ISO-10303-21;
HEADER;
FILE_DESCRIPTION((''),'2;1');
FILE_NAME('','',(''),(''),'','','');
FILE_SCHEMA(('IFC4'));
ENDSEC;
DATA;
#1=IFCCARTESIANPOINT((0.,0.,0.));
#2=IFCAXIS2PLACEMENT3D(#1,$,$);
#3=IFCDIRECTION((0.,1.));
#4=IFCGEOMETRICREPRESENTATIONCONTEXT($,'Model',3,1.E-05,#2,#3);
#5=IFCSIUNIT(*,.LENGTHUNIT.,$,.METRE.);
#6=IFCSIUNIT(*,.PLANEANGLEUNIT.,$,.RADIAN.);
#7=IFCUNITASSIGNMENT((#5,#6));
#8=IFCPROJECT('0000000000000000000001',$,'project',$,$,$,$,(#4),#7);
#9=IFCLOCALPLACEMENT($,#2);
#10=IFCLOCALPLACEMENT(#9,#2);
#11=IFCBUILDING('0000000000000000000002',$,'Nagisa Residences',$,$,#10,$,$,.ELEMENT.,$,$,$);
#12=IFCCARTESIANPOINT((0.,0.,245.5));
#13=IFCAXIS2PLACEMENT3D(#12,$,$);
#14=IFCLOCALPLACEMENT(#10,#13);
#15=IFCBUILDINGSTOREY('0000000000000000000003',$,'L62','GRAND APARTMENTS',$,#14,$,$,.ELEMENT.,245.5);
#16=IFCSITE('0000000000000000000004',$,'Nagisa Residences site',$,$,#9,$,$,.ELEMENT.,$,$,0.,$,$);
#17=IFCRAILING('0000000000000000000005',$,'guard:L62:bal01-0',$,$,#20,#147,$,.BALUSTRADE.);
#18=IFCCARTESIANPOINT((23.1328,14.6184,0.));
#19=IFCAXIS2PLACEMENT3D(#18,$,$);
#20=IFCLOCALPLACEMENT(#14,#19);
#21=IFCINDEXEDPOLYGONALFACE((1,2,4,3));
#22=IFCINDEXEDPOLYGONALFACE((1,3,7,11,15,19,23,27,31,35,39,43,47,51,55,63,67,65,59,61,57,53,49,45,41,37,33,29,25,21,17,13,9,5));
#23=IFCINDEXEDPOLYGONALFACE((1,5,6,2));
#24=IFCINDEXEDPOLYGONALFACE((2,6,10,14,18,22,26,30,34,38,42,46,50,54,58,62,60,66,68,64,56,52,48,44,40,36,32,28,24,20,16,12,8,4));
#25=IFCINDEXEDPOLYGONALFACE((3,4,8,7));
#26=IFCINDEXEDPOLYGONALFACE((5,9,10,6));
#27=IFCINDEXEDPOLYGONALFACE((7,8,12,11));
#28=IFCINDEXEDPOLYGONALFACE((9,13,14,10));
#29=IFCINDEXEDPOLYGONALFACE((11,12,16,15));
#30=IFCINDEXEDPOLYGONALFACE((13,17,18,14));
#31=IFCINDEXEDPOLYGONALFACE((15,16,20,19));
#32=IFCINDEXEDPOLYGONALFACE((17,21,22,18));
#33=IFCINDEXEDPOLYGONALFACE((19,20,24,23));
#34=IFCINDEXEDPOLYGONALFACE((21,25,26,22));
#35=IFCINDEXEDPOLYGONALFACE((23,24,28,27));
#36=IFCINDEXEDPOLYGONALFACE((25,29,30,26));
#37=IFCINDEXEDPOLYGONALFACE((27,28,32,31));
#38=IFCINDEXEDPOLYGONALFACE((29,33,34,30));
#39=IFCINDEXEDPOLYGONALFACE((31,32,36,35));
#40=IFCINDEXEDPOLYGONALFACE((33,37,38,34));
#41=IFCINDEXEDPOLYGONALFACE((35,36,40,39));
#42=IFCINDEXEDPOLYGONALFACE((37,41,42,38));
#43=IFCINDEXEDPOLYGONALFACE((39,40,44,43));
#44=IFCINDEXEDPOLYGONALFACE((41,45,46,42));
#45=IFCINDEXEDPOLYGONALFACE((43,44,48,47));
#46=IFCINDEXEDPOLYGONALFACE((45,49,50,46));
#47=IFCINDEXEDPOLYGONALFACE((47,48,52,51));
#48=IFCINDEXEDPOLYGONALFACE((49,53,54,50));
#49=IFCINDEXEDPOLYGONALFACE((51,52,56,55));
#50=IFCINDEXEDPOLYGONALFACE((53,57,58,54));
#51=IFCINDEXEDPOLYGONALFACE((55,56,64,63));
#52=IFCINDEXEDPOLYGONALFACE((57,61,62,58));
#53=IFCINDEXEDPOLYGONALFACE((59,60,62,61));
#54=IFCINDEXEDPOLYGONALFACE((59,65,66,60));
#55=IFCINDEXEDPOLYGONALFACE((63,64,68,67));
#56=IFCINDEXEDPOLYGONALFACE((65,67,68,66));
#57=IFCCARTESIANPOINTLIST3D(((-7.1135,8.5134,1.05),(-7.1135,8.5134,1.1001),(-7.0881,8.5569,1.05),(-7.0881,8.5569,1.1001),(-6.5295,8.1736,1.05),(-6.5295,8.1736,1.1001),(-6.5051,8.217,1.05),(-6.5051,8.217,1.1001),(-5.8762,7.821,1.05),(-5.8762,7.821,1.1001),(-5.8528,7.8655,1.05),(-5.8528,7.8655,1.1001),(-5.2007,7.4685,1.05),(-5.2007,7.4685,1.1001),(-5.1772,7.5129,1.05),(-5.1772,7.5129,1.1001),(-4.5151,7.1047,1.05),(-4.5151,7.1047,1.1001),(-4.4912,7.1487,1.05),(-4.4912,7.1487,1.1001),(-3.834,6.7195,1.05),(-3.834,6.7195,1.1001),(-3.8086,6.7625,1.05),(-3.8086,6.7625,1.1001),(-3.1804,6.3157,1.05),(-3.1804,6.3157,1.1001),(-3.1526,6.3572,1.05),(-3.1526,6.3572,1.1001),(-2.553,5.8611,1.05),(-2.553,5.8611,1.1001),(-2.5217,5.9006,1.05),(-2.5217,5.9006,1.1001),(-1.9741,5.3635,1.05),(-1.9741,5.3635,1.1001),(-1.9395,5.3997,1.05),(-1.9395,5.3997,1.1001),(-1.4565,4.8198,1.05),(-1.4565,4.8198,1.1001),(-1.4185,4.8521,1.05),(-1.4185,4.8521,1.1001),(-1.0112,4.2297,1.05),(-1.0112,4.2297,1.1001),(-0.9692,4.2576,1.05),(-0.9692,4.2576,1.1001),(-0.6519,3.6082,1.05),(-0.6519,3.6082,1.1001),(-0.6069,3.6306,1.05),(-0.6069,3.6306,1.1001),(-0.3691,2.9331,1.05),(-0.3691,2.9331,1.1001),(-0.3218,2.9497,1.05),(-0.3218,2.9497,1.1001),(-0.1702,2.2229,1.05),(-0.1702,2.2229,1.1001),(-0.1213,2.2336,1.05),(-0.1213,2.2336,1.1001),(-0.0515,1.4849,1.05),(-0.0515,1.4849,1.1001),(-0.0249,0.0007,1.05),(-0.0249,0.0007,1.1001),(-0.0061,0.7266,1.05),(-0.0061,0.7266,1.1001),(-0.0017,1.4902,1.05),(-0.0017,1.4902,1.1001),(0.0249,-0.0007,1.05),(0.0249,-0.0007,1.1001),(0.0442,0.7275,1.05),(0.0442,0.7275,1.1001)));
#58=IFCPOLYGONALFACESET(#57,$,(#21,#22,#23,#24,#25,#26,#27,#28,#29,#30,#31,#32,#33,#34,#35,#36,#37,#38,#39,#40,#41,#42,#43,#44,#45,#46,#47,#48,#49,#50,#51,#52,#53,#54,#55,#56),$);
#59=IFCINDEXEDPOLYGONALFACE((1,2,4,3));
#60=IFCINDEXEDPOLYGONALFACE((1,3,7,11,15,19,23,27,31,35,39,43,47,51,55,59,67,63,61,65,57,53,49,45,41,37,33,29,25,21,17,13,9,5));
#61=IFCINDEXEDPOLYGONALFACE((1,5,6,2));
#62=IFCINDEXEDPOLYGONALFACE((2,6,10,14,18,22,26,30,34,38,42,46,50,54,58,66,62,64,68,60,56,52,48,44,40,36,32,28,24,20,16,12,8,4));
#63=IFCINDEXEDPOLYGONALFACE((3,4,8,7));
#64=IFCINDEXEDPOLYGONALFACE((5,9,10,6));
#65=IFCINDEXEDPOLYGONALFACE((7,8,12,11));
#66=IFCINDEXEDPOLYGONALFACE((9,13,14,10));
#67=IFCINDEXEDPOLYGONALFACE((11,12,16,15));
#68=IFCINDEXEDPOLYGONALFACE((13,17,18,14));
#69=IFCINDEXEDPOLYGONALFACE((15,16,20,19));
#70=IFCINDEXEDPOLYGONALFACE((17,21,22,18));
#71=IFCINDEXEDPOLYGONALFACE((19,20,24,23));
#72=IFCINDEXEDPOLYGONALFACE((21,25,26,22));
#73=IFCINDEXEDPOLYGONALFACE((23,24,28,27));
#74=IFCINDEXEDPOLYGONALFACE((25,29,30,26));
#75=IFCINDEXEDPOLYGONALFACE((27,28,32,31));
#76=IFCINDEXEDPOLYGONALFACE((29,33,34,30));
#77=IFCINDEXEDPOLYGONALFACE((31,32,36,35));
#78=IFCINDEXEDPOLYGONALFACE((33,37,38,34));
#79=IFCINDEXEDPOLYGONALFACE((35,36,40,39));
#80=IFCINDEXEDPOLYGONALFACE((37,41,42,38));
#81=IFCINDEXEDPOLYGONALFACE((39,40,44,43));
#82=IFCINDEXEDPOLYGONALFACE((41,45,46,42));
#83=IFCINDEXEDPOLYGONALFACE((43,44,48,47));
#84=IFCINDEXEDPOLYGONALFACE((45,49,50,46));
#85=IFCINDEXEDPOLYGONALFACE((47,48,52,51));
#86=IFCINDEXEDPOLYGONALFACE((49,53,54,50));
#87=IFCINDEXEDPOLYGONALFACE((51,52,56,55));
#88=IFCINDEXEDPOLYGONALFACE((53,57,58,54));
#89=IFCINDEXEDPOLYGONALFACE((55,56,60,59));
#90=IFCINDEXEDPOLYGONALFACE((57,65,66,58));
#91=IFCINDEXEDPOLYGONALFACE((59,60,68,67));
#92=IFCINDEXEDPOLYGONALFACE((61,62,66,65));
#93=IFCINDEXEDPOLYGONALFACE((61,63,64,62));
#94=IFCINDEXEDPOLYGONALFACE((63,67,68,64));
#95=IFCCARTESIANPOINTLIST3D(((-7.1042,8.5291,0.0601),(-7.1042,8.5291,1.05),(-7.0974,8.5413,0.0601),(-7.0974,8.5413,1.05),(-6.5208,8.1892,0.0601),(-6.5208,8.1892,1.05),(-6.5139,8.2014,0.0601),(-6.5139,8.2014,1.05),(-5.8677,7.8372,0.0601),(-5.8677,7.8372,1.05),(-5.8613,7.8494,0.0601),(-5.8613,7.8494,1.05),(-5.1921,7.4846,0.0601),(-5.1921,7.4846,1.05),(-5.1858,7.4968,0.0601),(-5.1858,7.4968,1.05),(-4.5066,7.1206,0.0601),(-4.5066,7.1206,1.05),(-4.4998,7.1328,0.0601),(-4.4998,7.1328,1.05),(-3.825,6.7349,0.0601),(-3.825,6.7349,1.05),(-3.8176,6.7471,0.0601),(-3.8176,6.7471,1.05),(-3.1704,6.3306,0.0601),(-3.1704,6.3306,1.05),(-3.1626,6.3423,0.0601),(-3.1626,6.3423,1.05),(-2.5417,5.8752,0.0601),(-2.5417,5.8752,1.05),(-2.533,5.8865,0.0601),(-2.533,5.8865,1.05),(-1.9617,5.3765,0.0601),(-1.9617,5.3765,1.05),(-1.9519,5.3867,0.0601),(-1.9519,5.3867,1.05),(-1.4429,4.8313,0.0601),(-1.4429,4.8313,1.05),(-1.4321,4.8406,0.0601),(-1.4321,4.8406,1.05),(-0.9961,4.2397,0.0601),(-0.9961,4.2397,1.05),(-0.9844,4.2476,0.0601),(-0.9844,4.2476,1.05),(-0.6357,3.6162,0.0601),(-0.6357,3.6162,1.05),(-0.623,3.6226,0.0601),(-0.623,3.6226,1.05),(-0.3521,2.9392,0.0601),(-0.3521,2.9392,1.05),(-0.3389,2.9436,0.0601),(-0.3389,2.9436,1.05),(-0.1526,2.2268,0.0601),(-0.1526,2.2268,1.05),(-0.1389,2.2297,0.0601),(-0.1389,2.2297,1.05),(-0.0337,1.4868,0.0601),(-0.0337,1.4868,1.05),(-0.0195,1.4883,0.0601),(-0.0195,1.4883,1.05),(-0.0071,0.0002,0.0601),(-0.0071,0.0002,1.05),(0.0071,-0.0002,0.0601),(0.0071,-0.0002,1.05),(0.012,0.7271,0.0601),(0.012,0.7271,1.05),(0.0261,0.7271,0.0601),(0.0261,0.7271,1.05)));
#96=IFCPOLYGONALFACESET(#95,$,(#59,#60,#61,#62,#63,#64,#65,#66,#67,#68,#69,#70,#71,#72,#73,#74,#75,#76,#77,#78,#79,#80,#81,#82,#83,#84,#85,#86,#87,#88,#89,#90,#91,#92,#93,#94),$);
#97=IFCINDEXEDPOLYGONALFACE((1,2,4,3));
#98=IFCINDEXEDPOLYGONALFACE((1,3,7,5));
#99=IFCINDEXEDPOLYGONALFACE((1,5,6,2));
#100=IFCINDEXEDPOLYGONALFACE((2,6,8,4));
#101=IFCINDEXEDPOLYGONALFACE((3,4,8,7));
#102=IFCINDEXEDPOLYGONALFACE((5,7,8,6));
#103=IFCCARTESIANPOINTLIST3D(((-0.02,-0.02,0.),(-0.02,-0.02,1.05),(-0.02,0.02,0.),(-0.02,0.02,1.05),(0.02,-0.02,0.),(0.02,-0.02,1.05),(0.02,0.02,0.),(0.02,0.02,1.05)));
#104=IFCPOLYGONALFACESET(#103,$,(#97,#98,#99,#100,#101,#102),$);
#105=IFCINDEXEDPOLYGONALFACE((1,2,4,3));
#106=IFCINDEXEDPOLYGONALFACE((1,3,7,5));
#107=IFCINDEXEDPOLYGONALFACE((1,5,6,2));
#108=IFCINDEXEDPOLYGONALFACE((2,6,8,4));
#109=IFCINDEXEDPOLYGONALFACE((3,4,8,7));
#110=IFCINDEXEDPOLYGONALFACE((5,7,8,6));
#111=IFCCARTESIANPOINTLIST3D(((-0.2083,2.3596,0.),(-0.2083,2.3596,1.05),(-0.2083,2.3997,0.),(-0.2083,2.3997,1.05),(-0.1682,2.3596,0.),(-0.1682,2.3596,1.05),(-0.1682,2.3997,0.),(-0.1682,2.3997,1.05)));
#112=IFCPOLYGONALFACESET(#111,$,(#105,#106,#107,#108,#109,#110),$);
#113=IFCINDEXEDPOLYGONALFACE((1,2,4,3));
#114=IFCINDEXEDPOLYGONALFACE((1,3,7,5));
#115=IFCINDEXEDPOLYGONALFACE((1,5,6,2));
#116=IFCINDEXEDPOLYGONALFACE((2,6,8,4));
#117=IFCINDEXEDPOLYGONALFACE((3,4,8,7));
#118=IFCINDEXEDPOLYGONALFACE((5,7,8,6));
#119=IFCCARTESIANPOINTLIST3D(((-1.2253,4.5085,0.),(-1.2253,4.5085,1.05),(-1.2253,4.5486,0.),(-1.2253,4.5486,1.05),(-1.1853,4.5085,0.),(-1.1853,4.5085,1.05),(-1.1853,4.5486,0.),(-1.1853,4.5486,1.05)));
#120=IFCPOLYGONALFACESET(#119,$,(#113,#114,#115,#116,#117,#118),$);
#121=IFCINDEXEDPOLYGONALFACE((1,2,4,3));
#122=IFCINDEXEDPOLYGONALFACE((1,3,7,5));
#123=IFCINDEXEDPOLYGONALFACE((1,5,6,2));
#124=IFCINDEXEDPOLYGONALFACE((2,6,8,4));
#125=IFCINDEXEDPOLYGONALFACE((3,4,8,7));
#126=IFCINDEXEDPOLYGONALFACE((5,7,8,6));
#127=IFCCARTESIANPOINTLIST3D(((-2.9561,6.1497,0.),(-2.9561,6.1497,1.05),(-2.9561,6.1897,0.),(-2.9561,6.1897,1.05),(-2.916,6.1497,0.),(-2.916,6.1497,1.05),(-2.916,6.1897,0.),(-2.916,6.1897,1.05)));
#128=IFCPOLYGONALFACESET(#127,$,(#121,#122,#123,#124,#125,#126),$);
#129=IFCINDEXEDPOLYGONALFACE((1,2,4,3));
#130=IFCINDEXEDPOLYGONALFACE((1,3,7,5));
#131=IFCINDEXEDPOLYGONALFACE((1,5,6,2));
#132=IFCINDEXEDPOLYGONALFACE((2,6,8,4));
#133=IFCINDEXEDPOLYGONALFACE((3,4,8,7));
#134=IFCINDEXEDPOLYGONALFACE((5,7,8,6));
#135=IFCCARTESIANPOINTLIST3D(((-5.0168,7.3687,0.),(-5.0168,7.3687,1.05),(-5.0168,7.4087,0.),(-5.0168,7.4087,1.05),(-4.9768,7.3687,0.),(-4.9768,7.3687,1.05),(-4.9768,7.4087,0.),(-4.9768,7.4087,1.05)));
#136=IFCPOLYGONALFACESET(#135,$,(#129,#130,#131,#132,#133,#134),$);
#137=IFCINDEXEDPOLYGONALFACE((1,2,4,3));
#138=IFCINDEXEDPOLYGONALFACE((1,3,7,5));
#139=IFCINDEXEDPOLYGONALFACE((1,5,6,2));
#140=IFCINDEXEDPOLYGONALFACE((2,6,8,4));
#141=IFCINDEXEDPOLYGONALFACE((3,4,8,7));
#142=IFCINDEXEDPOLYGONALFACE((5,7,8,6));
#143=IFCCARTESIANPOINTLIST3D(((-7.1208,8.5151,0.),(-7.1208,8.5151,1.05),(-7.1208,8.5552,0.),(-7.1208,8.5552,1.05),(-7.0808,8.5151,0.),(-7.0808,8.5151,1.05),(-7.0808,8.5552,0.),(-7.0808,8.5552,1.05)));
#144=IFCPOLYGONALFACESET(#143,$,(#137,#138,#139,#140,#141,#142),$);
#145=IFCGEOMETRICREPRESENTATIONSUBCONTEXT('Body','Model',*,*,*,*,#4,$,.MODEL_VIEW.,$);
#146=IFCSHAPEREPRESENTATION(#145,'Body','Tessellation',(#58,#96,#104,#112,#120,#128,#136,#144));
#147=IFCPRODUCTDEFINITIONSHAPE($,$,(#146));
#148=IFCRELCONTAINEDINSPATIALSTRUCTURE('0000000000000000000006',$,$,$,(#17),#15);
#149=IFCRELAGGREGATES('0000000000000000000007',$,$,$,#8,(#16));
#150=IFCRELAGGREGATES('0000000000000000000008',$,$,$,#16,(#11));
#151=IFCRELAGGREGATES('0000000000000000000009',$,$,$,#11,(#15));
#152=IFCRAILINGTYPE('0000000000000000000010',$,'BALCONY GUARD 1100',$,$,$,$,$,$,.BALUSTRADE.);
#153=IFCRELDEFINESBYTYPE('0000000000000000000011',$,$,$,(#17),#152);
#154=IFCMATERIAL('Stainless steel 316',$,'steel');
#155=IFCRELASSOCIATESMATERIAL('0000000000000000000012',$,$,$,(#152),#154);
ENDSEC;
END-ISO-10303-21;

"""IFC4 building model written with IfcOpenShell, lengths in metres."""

from ifc_helpers import new_model, si_unit, direction, frame, origin, origin_2d, place, context, subcontext, project, spatial, polyline, rectangle, outline, extrude, material, type_object, element, save


model = new_model("IFC4")

# Units and contexts
model_context = context("Model", 3, precision=1e-05, world=origin(), true_north=direction((0.0, 1.0)))
body_context = subcontext(model_context, "Body", "Model", "MODEL_VIEW")
ifc_project = project(units=[si_unit("LENGTHUNIT", "METRE"), si_unit("PLANEANGLEUNIT", "RADIAN")], contexts=[model_context])

# Site, building, storey
site_placement = place(None, origin())
site = spatial("IfcSite", under=ifc_project, at=site_placement, Name="Nagisa Residences site", CompositionType="ELEMENT", RefElevation=0.0)
building_placement = place(site_placement, origin())
building = spatial("IfcBuilding", under=site, at=building_placement, Name="Nagisa Residences", CompositionType="ELEMENT")
storey_placement = place(building_placement, frame((0.0, 0.0, 245.5)))
storey = spatial("IfcBuildingStorey", under=building, at=storey_placement, Name="L62", Description="GRAND APARTMENTS", CompositionType="ELEMENT", Elevation=245.5)

# Railing
ifc_material_1 = material(Name="Stainless steel 316", Category="steel")
railing_type = type_object("IfcRailingType", Name="BALCONY GUARD 1100", PredefinedType="BALUSTRADE", material=ifc_material_1)
railing_1_placement = place(storey_placement, frame((23.1328, 14.6184, 0.0)))
element("IfcRailing", 1, at=railing_1_placement, inside=storey, type_object=railing_type, Name="guard:L62:bal01-0", PredefinedType="BALUSTRADE", context=body_context, shape_type="SweptSolid", body=[
    extrude(outline(polyline([(-0.0061, 0.7266), (-0.0249, 0.0007), (0.0249, -0.0007), (0.0442, 0.7275), (-0.0017, 1.4902), (-0.1213, 2.2336), (-0.3218, 2.9497), (-0.6069, 3.6306), (-0.9692, 4.2576), (-1.4185, 4.8521), (-1.9395, 5.3997), (-2.5217, 5.9006), (-3.1526, 6.3572), (-3.8086, 6.7625), (-4.4912, 7.1487), (-5.1772, 7.5129), (-5.8528, 7.8655), (-6.5051, 8.217), (-7.0881, 8.5569), (-7.1135, 8.5134), (-6.5295, 8.1736), (-5.8762, 7.821), (-5.2007, 7.4685), (-4.5151, 7.1047), (-3.834, 6.7195), (-3.1804, 6.3157), (-2.553, 5.8611), (-1.9741, 5.3635), (-1.4565, 4.8198), (-1.0112, 4.2297), (-0.6519, 3.6082), (-0.3691, 2.9331), (-0.1702, 2.2229), (-0.0515, 1.4849), (-0.0061, 0.7266)])), frame((0.0, 0.0, 1.05)), (0.0, 0.0, 1.0), 0.05),
    extrude(outline(polyline([(0.012, 0.7271), (-0.0071, 0.0002), (0.0071, -0.0002), (0.0261, 0.7271), (-0.0195, 1.4883), (-0.1389, 2.2297), (-0.3389, 2.9436), (-0.623, 3.6226), (-0.9844, 4.2476), (-1.4321, 4.8406), (-1.9519, 5.3867), (-2.533, 5.8865), (-3.1626, 6.3423), (-3.8176, 6.7471), (-4.4998, 7.1328), (-5.1858, 7.4968), (-5.8613, 7.8494), (-6.5139, 8.2014), (-7.0974, 8.5413), (-7.1042, 8.5291), (-6.5208, 8.1892), (-5.8677, 7.8372), (-5.1921, 7.4846), (-4.5066, 7.1206), (-3.825, 6.7349), (-3.1704, 6.3306), (-2.5417, 5.8752), (-1.9617, 5.3765), (-1.4429, 4.8313), (-0.9961, 4.2397), (-0.6357, 3.6162), (-0.3521, 2.9392), (-0.1526, 2.2268), (-0.0337, 1.4868), (0.012, 0.7271)])), frame((0.0, 0.0, 0.0601)), (0.0, 0.0, 1.0), 0.99),
    extrude(rectangle(XDim=0.04, YDim=0.04, at=origin_2d()), origin(), (0.0, 0.0, 1.0), 1.05),
    extrude(rectangle(XDim=0.04, YDim=0.04, at=origin_2d()), frame((-0.1882, 2.3796, 0.0)), (0.0, 0.0, 1.0), 1.05),
    extrude(rectangle(XDim=0.04, YDim=0.04, at=origin_2d()), frame((-1.2053, 4.5286, 0.0)), (0.0, 0.0, 1.0), 1.05),
    extrude(rectangle(XDim=0.04, YDim=0.04, at=origin_2d()), frame((-2.936, 6.1697, 0.0)), (0.0, 0.0, 1.0), 1.05),
    extrude(rectangle(XDim=0.04, YDim=0.04, at=origin_2d()), frame((-4.9968, 7.3887, 0.0)), (0.0, 0.0, 1.0), 1.05),
    extrude(rectangle(XDim=0.04, YDim=0.04, at=origin_2d()), frame((-7.1008, 8.5352, 0.0)), (0.0, 0.0, 1.0), 1.05),
])

save(model, "model.ifc")
